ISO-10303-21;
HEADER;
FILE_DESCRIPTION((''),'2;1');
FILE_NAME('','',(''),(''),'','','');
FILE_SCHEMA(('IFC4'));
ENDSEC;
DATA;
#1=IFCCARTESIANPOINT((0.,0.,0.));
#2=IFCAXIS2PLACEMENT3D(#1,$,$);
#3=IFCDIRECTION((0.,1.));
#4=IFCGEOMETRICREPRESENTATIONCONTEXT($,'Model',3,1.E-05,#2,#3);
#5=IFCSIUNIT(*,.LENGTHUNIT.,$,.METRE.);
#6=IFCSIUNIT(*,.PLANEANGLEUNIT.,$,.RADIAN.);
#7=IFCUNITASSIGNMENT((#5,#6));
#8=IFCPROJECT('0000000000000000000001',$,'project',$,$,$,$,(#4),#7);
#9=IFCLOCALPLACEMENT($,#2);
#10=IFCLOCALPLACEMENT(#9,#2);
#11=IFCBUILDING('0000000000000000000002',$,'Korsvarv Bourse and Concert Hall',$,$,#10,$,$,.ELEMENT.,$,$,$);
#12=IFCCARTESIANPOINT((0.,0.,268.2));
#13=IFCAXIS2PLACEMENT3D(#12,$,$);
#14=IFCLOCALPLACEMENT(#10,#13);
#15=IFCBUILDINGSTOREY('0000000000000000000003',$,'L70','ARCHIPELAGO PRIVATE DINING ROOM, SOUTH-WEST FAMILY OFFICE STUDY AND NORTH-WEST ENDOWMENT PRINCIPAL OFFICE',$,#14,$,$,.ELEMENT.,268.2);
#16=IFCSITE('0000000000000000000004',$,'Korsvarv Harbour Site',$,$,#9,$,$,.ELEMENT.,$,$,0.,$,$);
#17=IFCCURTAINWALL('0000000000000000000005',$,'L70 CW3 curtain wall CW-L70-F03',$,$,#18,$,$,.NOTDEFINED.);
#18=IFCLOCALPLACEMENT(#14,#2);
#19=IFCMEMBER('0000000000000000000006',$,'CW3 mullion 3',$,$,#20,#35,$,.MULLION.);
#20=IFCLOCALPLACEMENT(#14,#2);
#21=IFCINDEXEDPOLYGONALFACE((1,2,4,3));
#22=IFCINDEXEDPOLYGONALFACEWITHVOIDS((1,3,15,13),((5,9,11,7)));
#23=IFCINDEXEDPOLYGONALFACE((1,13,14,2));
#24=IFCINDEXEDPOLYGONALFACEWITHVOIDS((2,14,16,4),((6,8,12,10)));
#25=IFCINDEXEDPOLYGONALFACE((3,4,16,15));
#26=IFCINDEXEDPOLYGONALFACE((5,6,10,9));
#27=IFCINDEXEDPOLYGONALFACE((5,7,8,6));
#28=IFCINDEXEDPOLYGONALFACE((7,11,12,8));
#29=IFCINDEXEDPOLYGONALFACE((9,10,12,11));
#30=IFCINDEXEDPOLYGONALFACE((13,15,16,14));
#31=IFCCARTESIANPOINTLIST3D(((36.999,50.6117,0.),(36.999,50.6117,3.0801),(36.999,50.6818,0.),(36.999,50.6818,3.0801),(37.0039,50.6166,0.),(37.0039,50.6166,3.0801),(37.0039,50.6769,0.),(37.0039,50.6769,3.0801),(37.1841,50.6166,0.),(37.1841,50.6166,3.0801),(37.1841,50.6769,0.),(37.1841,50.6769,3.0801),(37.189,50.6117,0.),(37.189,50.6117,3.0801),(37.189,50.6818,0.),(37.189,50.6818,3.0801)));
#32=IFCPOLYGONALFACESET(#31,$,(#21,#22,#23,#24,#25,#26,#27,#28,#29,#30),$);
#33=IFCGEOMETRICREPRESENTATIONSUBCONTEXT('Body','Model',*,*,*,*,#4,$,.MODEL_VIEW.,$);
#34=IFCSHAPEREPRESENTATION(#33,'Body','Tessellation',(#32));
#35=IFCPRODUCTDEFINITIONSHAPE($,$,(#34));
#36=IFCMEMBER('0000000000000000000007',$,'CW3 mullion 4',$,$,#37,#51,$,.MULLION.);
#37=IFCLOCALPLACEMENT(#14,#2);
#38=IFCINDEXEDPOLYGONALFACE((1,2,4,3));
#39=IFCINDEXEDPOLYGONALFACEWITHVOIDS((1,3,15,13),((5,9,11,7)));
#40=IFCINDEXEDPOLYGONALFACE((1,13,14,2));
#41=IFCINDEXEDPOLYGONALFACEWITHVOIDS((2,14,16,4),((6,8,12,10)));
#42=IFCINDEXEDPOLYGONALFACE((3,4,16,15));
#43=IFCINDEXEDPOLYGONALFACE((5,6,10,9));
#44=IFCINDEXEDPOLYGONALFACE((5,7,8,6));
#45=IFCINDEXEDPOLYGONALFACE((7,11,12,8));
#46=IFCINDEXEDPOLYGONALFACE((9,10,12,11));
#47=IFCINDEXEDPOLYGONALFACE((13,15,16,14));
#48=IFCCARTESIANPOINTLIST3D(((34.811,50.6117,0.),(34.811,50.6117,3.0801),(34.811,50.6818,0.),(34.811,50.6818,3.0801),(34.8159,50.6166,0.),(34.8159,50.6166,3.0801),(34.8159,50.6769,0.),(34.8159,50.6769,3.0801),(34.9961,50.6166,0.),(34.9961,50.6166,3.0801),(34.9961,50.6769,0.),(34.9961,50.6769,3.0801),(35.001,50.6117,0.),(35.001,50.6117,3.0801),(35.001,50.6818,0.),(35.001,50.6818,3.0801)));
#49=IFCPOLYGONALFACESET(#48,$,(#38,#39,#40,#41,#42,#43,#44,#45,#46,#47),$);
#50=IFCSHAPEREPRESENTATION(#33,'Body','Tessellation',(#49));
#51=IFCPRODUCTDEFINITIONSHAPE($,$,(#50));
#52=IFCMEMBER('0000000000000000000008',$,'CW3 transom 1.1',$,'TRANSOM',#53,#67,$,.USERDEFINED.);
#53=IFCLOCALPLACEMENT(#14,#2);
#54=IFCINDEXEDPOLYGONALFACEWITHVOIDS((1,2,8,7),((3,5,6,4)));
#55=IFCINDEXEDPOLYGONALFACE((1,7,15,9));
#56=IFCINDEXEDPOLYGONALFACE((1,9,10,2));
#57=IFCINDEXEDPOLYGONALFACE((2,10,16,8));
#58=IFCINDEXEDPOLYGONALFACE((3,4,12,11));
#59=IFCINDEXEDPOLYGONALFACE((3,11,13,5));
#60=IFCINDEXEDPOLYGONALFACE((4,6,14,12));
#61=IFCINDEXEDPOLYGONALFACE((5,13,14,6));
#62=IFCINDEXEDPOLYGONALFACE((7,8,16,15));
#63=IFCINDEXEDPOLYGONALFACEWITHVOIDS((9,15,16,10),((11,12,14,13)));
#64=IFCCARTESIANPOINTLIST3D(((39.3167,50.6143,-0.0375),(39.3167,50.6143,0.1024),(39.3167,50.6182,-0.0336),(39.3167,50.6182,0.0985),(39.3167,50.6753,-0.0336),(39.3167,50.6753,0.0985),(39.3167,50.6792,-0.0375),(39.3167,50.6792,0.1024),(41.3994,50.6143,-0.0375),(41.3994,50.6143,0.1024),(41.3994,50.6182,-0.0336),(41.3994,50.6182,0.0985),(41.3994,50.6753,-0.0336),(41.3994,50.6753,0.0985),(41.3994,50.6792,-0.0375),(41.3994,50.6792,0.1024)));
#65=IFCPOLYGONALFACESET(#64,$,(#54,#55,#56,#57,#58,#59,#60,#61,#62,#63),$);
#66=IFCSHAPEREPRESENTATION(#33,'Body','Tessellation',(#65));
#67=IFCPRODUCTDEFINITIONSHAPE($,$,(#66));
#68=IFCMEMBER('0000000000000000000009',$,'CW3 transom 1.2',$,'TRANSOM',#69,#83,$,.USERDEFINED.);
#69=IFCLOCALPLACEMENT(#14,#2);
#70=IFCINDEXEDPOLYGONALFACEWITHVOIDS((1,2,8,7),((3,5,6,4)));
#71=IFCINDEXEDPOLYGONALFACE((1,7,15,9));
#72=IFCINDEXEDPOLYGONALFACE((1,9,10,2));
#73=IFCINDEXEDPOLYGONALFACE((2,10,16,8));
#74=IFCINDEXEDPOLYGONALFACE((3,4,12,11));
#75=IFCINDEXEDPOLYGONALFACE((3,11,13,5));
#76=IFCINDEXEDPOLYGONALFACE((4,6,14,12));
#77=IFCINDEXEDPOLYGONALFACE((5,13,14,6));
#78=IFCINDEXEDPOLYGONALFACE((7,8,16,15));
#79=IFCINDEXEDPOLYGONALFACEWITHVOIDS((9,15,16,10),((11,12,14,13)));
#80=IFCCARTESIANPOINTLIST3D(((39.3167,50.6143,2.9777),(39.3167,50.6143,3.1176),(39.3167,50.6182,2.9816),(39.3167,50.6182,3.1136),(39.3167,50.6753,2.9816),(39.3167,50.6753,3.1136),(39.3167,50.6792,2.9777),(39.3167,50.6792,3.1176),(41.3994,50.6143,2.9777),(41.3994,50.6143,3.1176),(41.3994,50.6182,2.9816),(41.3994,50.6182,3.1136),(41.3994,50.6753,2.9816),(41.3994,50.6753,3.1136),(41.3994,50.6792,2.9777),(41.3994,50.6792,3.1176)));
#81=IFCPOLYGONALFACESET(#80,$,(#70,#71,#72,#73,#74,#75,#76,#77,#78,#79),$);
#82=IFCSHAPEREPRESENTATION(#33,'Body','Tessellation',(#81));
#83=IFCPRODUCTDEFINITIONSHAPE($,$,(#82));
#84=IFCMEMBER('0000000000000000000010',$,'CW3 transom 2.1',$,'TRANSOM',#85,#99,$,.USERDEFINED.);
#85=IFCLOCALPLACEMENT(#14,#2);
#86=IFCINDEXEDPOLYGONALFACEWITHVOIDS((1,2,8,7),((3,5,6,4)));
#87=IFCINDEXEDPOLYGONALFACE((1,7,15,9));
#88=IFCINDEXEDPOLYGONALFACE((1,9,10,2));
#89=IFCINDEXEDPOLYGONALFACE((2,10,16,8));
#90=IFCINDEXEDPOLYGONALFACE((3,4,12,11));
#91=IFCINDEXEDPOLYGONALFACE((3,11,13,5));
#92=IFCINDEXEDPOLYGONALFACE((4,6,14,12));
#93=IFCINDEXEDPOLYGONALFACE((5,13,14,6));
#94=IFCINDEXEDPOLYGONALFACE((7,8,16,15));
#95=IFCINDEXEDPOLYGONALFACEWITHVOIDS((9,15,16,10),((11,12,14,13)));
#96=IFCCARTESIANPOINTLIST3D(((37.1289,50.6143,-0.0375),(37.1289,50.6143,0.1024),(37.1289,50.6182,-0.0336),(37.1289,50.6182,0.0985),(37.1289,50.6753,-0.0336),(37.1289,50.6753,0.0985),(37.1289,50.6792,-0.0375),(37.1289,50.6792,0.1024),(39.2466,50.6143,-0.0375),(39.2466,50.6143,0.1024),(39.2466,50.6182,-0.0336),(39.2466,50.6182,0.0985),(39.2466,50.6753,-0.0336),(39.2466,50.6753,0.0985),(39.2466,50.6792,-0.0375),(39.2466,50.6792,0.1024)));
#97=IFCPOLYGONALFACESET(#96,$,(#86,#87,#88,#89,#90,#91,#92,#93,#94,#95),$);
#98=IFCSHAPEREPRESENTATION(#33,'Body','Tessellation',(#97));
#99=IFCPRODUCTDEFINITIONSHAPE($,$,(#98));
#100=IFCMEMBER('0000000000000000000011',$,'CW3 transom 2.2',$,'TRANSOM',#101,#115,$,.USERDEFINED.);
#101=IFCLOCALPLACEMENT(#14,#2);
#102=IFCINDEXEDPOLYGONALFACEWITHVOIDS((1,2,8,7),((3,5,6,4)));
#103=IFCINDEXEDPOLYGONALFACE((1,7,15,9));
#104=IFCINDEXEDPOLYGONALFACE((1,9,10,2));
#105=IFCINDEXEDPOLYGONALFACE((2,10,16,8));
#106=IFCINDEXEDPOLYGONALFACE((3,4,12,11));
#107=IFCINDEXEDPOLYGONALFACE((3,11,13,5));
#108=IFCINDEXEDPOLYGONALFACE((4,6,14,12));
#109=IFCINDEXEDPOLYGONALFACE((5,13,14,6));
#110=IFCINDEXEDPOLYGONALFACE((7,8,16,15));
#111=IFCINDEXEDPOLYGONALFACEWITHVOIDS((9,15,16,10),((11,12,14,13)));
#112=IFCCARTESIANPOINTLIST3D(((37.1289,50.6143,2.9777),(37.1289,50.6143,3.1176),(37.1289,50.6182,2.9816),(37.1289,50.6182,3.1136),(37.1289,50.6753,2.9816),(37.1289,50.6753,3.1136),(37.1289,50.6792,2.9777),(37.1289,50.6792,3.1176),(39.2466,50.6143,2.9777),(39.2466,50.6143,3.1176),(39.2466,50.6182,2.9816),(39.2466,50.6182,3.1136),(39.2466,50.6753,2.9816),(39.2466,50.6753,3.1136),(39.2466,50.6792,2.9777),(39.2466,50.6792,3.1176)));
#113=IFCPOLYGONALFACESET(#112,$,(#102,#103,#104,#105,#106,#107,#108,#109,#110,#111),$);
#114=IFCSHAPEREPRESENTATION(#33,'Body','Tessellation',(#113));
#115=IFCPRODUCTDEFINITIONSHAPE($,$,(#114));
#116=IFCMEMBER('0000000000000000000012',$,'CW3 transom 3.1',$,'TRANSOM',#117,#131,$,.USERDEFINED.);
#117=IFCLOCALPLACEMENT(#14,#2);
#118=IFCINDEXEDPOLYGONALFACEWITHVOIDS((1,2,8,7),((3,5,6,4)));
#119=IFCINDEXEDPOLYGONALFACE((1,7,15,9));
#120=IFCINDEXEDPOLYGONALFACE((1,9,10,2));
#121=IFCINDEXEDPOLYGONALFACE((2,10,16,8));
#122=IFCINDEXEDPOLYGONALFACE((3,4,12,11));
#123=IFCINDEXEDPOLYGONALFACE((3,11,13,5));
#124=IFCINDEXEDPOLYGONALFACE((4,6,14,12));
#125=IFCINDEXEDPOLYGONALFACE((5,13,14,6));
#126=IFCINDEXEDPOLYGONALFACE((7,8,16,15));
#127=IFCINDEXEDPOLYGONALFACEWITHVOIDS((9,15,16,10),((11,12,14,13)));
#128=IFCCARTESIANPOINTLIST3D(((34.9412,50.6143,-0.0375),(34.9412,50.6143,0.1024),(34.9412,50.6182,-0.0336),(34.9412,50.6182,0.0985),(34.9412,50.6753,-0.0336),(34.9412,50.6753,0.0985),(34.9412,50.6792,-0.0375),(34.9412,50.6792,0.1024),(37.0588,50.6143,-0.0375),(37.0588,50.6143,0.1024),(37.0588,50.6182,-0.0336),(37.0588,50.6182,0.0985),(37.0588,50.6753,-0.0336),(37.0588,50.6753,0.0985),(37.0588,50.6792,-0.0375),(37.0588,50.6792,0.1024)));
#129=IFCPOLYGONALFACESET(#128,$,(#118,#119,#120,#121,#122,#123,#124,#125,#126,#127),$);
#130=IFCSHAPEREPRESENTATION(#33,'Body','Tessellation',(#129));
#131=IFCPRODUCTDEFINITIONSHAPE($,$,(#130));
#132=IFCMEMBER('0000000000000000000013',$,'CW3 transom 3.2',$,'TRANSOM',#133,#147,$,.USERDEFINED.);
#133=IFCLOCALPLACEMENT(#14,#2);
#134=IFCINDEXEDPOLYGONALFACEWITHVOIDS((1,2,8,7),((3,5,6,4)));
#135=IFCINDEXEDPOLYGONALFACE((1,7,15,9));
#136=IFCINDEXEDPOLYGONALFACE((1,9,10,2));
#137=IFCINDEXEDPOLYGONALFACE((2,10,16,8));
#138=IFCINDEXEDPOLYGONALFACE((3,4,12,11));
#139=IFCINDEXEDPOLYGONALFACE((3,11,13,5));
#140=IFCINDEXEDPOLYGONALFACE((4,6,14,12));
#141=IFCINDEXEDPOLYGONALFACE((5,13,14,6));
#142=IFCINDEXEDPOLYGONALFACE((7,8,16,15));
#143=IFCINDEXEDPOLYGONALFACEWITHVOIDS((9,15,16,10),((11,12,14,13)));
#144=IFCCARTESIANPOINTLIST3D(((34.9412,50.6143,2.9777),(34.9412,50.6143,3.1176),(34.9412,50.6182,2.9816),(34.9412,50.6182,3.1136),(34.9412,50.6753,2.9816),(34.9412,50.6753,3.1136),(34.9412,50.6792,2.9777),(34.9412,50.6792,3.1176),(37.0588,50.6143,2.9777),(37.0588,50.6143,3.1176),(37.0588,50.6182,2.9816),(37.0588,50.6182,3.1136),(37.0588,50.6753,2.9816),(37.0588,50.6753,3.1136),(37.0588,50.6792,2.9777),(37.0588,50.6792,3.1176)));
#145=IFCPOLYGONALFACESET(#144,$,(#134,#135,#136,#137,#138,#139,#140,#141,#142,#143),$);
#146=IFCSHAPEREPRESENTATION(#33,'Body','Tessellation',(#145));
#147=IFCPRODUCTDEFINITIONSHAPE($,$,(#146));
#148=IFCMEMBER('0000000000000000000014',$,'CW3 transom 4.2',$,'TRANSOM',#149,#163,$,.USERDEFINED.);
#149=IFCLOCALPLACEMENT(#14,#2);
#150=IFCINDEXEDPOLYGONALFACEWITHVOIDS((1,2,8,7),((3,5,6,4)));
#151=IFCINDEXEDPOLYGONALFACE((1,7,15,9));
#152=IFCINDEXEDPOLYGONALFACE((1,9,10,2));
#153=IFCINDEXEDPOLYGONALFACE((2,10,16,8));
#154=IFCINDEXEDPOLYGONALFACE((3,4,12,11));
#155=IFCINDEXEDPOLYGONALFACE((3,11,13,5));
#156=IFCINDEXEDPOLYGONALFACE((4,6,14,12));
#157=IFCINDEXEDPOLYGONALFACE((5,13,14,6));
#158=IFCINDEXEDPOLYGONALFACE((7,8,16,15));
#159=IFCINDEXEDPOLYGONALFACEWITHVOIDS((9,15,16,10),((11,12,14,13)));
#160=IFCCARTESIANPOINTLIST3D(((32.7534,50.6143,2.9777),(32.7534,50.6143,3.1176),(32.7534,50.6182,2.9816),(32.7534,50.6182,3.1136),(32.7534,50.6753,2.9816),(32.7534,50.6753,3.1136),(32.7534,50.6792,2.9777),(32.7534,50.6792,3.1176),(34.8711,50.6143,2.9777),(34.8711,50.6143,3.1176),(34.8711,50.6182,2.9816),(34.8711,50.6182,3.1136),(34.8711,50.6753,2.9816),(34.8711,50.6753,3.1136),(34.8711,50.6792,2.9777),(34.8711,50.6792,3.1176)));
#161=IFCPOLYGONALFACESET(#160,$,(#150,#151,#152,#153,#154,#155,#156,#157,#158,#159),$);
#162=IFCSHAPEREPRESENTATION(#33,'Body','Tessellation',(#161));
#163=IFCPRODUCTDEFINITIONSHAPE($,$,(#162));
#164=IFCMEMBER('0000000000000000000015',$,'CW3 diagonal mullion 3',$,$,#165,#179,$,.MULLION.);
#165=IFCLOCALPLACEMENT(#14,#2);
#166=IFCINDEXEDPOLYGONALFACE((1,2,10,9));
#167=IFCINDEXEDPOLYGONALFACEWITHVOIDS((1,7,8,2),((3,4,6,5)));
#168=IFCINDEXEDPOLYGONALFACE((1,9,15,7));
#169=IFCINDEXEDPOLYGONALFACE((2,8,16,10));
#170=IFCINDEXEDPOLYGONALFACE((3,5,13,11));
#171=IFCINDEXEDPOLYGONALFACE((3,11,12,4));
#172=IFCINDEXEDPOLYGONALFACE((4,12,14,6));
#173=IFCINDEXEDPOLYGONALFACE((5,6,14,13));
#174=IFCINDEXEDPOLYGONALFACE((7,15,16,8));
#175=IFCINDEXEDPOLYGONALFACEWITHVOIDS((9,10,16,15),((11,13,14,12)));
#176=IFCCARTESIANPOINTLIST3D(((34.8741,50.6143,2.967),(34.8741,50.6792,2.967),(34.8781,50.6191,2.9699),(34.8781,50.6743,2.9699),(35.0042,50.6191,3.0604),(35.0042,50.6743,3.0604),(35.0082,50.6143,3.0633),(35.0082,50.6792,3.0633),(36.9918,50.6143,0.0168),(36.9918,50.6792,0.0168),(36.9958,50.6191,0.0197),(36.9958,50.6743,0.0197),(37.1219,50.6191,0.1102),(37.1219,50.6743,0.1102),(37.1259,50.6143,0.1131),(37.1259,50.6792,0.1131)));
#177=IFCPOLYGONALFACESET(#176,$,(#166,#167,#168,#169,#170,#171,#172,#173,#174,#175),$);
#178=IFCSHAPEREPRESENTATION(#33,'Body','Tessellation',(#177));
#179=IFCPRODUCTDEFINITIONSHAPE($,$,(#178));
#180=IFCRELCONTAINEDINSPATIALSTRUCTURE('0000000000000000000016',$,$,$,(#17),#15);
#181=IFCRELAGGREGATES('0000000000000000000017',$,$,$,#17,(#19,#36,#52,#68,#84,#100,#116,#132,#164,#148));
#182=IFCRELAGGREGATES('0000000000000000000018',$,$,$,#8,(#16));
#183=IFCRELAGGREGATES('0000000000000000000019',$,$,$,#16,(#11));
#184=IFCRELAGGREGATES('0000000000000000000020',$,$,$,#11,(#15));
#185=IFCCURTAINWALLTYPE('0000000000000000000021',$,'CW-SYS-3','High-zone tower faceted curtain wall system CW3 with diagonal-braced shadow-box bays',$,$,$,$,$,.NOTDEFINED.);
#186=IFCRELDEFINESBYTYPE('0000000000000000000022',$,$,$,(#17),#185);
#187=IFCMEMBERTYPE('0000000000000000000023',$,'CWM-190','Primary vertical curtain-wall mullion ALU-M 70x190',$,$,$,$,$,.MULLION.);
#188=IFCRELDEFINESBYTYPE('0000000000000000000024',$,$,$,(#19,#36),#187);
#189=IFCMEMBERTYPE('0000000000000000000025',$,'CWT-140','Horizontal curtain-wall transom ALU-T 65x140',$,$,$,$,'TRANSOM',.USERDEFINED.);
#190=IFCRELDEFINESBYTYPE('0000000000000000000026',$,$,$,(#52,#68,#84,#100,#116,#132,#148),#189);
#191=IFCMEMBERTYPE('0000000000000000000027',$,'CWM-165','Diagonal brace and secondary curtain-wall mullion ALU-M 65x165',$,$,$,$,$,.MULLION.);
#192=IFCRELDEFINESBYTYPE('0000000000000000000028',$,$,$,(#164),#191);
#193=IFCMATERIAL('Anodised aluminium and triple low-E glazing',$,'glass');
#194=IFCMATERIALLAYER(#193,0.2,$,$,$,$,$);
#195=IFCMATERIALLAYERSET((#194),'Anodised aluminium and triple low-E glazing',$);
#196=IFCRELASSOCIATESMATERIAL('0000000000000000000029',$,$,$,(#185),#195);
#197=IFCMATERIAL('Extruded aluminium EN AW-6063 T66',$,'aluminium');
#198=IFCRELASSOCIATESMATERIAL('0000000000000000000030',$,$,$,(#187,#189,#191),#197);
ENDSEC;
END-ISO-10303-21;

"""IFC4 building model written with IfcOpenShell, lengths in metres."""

from ifc_helpers import new_model, si_unit, direction, frame, origin, origin_2d, place, context, subcontext, project, spatial, hollow_rectangle, extrude, source, transform, mapped, material, layer, layer_set, material_profile, profile_set, type_object, element, aggregate, save


model = new_model("IFC4")

# Units and contexts
model_context = context("Model", 3, precision=1e-05, world=origin(), true_north=direction((0.0, 1.0)))
body_context = subcontext(model_context, "Body", "Model", "MODEL_VIEW")
ifc_project = project(units=[si_unit("LENGTHUNIT", "METRE"), si_unit("PLANEANGLEUNIT", "RADIAN")], contexts=[model_context])

# Site, building, storey
site_placement = place(None, origin())
site = spatial("IfcSite", under=ifc_project, at=site_placement, Name="Korsvarv Harbour Site", CompositionType="ELEMENT", RefElevation=0.0)
building_placement = place(site_placement, origin())
building = spatial("IfcBuilding", under=site, at=building_placement, Name="Korsvarv Bourse and Concert Hall", CompositionType="ELEMENT")
storey_placement = place(building_placement, frame((0.0, 0.0, 268.2)))
storey = spatial("IfcBuildingStorey", under=building, at=storey_placement, Name="L70", Description="ARCHIPELAGO PRIVATE DINING ROOM, SOUTH-WEST FAMILY OFFICE STUDY AND NORTH-WEST ENDOWMENT PRINCIPAL OFFICE", CompositionType="ELEMENT", Elevation=268.2)

# Curtain wall, members
ifc_material_1 = material(Name="Anodised aluminium and triple low-E glazing", Category="glass")
ifc_layer_1 = layer(ifc_material_1, 0.2)
ifc_layer_set_1 = layer_set([ifc_layer_1], Name="Anodised aluminium and triple low-E glazing")
curtain_wall_type = type_object("IfcCurtainWallType", Name="CW-SYS-3", Description="High-zone tower faceted curtain wall system CW3 with diagonal-braced shadow-box bays", PredefinedType="NOTDEFINED", material=ifc_layer_set_1)
curtain_wall_placement = place(storey_placement, origin())
curtain_wall = element("IfcCurtainWall", 1, at=curtain_wall_placement, inside=storey, type_object=curtain_wall_type, Name="L70 CW3 curtain wall CW-L70-F03", PredefinedType="NOTDEFINED")
ifc_material_2 = material(Name="Extruded aluminium EN AW-6063 T66", Category="aluminium")
ifc_material_profile_1 = material_profile(ifc_material_2, hollow_rectangle(XDim=0.0701, YDim=0.1899, WallThickness=0.0049, at=origin_2d()), Name="ALU-M 70x190")
ifc_profile_set_1 = profile_set([ifc_material_profile_1], Name="Extruded aluminium EN AW-6063 T66")
member_type_1 = type_object("IfcMemberType", Name="CWM-190", Description="Primary vertical curtain-wall mullion ALU-M 70x190", PredefinedType="MULLION", material=ifc_profile_set_1)
shared_shape_1 = source(origin(), body_context, "Body", "SweptSolid", [
    extrude(hollow_rectangle(XDim=0.0701, YDim=0.1899, WallThickness=0.0049, at=origin_2d()), origin(), (0.0, 0.0, 1.0), 3.0801),
])
member_1_placement = place(storey_placement, frame((37.094, 50.6467, 0.0), z_axis=(0.0, 0.0, 1.0), x_axis=(0.0, -1.0, 0.0)))
member_1 = element("IfcMember", 2, at=member_1_placement, type_object=member_type_1, Name="CW3 mullion 3", PredefinedType="MULLION", context=body_context, shape_type="MappedRepresentation", body=[
    mapped(shared_shape_1, transform((0.0, 0.0, 0.0), scale=1.0)),
])
member_2_placement = place(storey_placement, frame((34.906, 50.6467, 0.0), z_axis=(0.0, 0.0, 1.0), x_axis=(0.0, -1.0, 0.0)))
member_2 = element("IfcMember", 3, at=member_2_placement, type_object=member_type_1, Name="CW3 mullion 4", PredefinedType="MULLION", context=body_context, shape_type="MappedRepresentation", body=[
    mapped(shared_shape_1, transform((0.0, 0.0, 0.0), scale=1.0)),
])
ifc_material_profile_2 = material_profile(ifc_material_2, hollow_rectangle(XDim=0.0649, YDim=0.1399, WallThickness=0.0039, at=origin_2d()), Name="ALU-T 65x140")
ifc_profile_set_2 = profile_set([ifc_material_profile_2], Name="Extruded aluminium EN AW-6063 T66")
member_type_2 = type_object("IfcMemberType", Name="CWT-140", Description="Horizontal curtain-wall transom ALU-T 65x140", ElementType="TRANSOM", PredefinedType="USERDEFINED", material=ifc_profile_set_2)
shared_shape_2 = source(origin(), body_context, "Body", "SweptSolid", [
    extrude(hollow_rectangle(XDim=0.0649, YDim=0.1399, WallThickness=0.0039, at=origin_2d()), origin(), (0.0, 0.0, 1.0), 2.0828),
])
member_3_placement = place(storey_placement, frame((41.3994, 50.6467, 0.0325), z_axis=(-1.0, 0.0, 0.0), x_axis=(0.0, -1.0, 0.0)))
member_3 = element("IfcMember", 4, at=member_3_placement, type_object=member_type_2, Name="CW3 transom 1.1", ObjectType="TRANSOM", PredefinedType="USERDEFINED", context=body_context, shape_type="MappedRepresentation", body=[
    mapped(shared_shape_2, transform((0.0, 0.0, 0.0), scale=1.0)),
])
member_4_placement = place(storey_placement, frame((41.3994, 50.6467, 3.0476), z_axis=(-1.0, 0.0, 0.0), x_axis=(0.0, -1.0, 0.0)))
member_4 = element("IfcMember", 5, at=member_4_placement, type_object=member_type_2, Name="CW3 transom 1.2", ObjectType="TRANSOM", PredefinedType="USERDEFINED", context=body_context, shape_type="MappedRepresentation", body=[
    mapped(shared_shape_2, transform((0.0, 0.0, 0.0), scale=1.0)),
])
shared_shape_3 = source(origin(), body_context, "Body", "SweptSolid", [
    extrude(hollow_rectangle(XDim=0.0649, YDim=0.1399, WallThickness=0.0039, at=origin_2d()), origin(), (0.0, 0.0, 1.0), 2.1177),
])
member_5_placement = place(storey_placement, frame((39.2466, 50.6467, 0.0325), z_axis=(-1.0, 0.0, 0.0), x_axis=(0.0, -1.0, 0.0)))
member_5 = element("IfcMember", 6, at=member_5_placement, type_object=member_type_2, Name="CW3 transom 2.1", ObjectType="TRANSOM", PredefinedType="USERDEFINED", context=body_context, shape_type="MappedRepresentation", body=[
    mapped(shared_shape_3, transform((0.0, 0.0, 0.0), scale=1.0)),
])
member_6_placement = place(storey_placement, frame((39.2466, 50.6467, 3.0476), z_axis=(-1.0, 0.0, 0.0), x_axis=(0.0, -1.0, 0.0)))
member_6 = element("IfcMember", 7, at=member_6_placement, type_object=member_type_2, Name="CW3 transom 2.2", ObjectType="TRANSOM", PredefinedType="USERDEFINED", context=body_context, shape_type="MappedRepresentation", body=[
    mapped(shared_shape_3, transform((0.0, 0.0, 0.0), scale=1.0)),
])
member_7_placement = place(storey_placement, frame((37.0588, 50.6467, 0.0325), z_axis=(-1.0, 0.0, 0.0), x_axis=(0.0, -1.0, 0.0)))
member_7 = element("IfcMember", 8, at=member_7_placement, type_object=member_type_2, Name="CW3 transom 3.1", ObjectType="TRANSOM", PredefinedType="USERDEFINED", context=body_context, shape_type="MappedRepresentation", body=[
    mapped(shared_shape_3, transform((0.0, 0.0, 0.0), scale=1.0)),
])
member_8_placement = place(storey_placement, frame((37.0588, 50.6467, 3.0476), z_axis=(-1.0, 0.0, 0.0), x_axis=(0.0, -1.0, 0.0)))
member_8 = element("IfcMember", 9, at=member_8_placement, type_object=member_type_2, Name="CW3 transom 3.2", ObjectType="TRANSOM", PredefinedType="USERDEFINED", context=body_context, shape_type="MappedRepresentation", body=[
    mapped(shared_shape_3, transform((0.0, 0.0, 0.0), scale=1.0)),
])
member_9_placement = place(storey_placement, frame((34.8711, 50.6467, 3.0476), z_axis=(-1.0, 0.0, 0.0), x_axis=(0.0, -1.0, 0.0)))
member_9 = element("IfcMember", 10, at=member_9_placement, type_object=member_type_2, Name="CW3 transom 4.2", ObjectType="TRANSOM", PredefinedType="USERDEFINED", context=body_context, shape_type="MappedRepresentation", body=[
    mapped(shared_shape_3, transform((0.0, 0.0, 0.0), scale=1.0)),
])
ifc_material_profile_3 = material_profile(ifc_material_2, hollow_rectangle(XDim=0.0649, YDim=0.165, WallThickness=0.0049, at=origin_2d()), Name="ALU-M 65x165")
ifc_profile_set_3 = profile_set([ifc_material_profile_3], Name="Extruded aluminium EN AW-6063 T66")
member_type_3 = type_object("IfcMemberType", Name="CWM-165", Description="Diagonal brace and secondary curtain-wall mullion ALU-M 65x165", PredefinedType="MULLION", material=ifc_profile_set_3)
shared_shape_4 = source(origin(), body_context, "Body", "SweptSolid", [
    extrude(hollow_rectangle(XDim=0.0649, YDim=0.165, WallThickness=0.0049, at=origin_2d()), origin(), (0.0, 0.0, 1.0), 3.6316),
])
member_10_placement = place(storey_placement, frame((37.0588, 50.6467, 0.0649), z_axis=(-0.583132, 0.0, 0.812378), x_axis=(0.0, -1.0, 0.0)))
member_10 = element("IfcMember", 11, at=member_10_placement, type_object=member_type_3, Name="CW3 diagonal mullion 3", PredefinedType="MULLION", context=body_context, shape_type="MappedRepresentation", body=[
    mapped(shared_shape_4, transform((0.0, 0.0, 0.0), scale=1.0)),
])
aggregate(curtain_wall, [member_1, member_2, member_3, member_4, member_5, member_6, member_7, member_8, member_10, member_9])

save(model, "model.ifc")
